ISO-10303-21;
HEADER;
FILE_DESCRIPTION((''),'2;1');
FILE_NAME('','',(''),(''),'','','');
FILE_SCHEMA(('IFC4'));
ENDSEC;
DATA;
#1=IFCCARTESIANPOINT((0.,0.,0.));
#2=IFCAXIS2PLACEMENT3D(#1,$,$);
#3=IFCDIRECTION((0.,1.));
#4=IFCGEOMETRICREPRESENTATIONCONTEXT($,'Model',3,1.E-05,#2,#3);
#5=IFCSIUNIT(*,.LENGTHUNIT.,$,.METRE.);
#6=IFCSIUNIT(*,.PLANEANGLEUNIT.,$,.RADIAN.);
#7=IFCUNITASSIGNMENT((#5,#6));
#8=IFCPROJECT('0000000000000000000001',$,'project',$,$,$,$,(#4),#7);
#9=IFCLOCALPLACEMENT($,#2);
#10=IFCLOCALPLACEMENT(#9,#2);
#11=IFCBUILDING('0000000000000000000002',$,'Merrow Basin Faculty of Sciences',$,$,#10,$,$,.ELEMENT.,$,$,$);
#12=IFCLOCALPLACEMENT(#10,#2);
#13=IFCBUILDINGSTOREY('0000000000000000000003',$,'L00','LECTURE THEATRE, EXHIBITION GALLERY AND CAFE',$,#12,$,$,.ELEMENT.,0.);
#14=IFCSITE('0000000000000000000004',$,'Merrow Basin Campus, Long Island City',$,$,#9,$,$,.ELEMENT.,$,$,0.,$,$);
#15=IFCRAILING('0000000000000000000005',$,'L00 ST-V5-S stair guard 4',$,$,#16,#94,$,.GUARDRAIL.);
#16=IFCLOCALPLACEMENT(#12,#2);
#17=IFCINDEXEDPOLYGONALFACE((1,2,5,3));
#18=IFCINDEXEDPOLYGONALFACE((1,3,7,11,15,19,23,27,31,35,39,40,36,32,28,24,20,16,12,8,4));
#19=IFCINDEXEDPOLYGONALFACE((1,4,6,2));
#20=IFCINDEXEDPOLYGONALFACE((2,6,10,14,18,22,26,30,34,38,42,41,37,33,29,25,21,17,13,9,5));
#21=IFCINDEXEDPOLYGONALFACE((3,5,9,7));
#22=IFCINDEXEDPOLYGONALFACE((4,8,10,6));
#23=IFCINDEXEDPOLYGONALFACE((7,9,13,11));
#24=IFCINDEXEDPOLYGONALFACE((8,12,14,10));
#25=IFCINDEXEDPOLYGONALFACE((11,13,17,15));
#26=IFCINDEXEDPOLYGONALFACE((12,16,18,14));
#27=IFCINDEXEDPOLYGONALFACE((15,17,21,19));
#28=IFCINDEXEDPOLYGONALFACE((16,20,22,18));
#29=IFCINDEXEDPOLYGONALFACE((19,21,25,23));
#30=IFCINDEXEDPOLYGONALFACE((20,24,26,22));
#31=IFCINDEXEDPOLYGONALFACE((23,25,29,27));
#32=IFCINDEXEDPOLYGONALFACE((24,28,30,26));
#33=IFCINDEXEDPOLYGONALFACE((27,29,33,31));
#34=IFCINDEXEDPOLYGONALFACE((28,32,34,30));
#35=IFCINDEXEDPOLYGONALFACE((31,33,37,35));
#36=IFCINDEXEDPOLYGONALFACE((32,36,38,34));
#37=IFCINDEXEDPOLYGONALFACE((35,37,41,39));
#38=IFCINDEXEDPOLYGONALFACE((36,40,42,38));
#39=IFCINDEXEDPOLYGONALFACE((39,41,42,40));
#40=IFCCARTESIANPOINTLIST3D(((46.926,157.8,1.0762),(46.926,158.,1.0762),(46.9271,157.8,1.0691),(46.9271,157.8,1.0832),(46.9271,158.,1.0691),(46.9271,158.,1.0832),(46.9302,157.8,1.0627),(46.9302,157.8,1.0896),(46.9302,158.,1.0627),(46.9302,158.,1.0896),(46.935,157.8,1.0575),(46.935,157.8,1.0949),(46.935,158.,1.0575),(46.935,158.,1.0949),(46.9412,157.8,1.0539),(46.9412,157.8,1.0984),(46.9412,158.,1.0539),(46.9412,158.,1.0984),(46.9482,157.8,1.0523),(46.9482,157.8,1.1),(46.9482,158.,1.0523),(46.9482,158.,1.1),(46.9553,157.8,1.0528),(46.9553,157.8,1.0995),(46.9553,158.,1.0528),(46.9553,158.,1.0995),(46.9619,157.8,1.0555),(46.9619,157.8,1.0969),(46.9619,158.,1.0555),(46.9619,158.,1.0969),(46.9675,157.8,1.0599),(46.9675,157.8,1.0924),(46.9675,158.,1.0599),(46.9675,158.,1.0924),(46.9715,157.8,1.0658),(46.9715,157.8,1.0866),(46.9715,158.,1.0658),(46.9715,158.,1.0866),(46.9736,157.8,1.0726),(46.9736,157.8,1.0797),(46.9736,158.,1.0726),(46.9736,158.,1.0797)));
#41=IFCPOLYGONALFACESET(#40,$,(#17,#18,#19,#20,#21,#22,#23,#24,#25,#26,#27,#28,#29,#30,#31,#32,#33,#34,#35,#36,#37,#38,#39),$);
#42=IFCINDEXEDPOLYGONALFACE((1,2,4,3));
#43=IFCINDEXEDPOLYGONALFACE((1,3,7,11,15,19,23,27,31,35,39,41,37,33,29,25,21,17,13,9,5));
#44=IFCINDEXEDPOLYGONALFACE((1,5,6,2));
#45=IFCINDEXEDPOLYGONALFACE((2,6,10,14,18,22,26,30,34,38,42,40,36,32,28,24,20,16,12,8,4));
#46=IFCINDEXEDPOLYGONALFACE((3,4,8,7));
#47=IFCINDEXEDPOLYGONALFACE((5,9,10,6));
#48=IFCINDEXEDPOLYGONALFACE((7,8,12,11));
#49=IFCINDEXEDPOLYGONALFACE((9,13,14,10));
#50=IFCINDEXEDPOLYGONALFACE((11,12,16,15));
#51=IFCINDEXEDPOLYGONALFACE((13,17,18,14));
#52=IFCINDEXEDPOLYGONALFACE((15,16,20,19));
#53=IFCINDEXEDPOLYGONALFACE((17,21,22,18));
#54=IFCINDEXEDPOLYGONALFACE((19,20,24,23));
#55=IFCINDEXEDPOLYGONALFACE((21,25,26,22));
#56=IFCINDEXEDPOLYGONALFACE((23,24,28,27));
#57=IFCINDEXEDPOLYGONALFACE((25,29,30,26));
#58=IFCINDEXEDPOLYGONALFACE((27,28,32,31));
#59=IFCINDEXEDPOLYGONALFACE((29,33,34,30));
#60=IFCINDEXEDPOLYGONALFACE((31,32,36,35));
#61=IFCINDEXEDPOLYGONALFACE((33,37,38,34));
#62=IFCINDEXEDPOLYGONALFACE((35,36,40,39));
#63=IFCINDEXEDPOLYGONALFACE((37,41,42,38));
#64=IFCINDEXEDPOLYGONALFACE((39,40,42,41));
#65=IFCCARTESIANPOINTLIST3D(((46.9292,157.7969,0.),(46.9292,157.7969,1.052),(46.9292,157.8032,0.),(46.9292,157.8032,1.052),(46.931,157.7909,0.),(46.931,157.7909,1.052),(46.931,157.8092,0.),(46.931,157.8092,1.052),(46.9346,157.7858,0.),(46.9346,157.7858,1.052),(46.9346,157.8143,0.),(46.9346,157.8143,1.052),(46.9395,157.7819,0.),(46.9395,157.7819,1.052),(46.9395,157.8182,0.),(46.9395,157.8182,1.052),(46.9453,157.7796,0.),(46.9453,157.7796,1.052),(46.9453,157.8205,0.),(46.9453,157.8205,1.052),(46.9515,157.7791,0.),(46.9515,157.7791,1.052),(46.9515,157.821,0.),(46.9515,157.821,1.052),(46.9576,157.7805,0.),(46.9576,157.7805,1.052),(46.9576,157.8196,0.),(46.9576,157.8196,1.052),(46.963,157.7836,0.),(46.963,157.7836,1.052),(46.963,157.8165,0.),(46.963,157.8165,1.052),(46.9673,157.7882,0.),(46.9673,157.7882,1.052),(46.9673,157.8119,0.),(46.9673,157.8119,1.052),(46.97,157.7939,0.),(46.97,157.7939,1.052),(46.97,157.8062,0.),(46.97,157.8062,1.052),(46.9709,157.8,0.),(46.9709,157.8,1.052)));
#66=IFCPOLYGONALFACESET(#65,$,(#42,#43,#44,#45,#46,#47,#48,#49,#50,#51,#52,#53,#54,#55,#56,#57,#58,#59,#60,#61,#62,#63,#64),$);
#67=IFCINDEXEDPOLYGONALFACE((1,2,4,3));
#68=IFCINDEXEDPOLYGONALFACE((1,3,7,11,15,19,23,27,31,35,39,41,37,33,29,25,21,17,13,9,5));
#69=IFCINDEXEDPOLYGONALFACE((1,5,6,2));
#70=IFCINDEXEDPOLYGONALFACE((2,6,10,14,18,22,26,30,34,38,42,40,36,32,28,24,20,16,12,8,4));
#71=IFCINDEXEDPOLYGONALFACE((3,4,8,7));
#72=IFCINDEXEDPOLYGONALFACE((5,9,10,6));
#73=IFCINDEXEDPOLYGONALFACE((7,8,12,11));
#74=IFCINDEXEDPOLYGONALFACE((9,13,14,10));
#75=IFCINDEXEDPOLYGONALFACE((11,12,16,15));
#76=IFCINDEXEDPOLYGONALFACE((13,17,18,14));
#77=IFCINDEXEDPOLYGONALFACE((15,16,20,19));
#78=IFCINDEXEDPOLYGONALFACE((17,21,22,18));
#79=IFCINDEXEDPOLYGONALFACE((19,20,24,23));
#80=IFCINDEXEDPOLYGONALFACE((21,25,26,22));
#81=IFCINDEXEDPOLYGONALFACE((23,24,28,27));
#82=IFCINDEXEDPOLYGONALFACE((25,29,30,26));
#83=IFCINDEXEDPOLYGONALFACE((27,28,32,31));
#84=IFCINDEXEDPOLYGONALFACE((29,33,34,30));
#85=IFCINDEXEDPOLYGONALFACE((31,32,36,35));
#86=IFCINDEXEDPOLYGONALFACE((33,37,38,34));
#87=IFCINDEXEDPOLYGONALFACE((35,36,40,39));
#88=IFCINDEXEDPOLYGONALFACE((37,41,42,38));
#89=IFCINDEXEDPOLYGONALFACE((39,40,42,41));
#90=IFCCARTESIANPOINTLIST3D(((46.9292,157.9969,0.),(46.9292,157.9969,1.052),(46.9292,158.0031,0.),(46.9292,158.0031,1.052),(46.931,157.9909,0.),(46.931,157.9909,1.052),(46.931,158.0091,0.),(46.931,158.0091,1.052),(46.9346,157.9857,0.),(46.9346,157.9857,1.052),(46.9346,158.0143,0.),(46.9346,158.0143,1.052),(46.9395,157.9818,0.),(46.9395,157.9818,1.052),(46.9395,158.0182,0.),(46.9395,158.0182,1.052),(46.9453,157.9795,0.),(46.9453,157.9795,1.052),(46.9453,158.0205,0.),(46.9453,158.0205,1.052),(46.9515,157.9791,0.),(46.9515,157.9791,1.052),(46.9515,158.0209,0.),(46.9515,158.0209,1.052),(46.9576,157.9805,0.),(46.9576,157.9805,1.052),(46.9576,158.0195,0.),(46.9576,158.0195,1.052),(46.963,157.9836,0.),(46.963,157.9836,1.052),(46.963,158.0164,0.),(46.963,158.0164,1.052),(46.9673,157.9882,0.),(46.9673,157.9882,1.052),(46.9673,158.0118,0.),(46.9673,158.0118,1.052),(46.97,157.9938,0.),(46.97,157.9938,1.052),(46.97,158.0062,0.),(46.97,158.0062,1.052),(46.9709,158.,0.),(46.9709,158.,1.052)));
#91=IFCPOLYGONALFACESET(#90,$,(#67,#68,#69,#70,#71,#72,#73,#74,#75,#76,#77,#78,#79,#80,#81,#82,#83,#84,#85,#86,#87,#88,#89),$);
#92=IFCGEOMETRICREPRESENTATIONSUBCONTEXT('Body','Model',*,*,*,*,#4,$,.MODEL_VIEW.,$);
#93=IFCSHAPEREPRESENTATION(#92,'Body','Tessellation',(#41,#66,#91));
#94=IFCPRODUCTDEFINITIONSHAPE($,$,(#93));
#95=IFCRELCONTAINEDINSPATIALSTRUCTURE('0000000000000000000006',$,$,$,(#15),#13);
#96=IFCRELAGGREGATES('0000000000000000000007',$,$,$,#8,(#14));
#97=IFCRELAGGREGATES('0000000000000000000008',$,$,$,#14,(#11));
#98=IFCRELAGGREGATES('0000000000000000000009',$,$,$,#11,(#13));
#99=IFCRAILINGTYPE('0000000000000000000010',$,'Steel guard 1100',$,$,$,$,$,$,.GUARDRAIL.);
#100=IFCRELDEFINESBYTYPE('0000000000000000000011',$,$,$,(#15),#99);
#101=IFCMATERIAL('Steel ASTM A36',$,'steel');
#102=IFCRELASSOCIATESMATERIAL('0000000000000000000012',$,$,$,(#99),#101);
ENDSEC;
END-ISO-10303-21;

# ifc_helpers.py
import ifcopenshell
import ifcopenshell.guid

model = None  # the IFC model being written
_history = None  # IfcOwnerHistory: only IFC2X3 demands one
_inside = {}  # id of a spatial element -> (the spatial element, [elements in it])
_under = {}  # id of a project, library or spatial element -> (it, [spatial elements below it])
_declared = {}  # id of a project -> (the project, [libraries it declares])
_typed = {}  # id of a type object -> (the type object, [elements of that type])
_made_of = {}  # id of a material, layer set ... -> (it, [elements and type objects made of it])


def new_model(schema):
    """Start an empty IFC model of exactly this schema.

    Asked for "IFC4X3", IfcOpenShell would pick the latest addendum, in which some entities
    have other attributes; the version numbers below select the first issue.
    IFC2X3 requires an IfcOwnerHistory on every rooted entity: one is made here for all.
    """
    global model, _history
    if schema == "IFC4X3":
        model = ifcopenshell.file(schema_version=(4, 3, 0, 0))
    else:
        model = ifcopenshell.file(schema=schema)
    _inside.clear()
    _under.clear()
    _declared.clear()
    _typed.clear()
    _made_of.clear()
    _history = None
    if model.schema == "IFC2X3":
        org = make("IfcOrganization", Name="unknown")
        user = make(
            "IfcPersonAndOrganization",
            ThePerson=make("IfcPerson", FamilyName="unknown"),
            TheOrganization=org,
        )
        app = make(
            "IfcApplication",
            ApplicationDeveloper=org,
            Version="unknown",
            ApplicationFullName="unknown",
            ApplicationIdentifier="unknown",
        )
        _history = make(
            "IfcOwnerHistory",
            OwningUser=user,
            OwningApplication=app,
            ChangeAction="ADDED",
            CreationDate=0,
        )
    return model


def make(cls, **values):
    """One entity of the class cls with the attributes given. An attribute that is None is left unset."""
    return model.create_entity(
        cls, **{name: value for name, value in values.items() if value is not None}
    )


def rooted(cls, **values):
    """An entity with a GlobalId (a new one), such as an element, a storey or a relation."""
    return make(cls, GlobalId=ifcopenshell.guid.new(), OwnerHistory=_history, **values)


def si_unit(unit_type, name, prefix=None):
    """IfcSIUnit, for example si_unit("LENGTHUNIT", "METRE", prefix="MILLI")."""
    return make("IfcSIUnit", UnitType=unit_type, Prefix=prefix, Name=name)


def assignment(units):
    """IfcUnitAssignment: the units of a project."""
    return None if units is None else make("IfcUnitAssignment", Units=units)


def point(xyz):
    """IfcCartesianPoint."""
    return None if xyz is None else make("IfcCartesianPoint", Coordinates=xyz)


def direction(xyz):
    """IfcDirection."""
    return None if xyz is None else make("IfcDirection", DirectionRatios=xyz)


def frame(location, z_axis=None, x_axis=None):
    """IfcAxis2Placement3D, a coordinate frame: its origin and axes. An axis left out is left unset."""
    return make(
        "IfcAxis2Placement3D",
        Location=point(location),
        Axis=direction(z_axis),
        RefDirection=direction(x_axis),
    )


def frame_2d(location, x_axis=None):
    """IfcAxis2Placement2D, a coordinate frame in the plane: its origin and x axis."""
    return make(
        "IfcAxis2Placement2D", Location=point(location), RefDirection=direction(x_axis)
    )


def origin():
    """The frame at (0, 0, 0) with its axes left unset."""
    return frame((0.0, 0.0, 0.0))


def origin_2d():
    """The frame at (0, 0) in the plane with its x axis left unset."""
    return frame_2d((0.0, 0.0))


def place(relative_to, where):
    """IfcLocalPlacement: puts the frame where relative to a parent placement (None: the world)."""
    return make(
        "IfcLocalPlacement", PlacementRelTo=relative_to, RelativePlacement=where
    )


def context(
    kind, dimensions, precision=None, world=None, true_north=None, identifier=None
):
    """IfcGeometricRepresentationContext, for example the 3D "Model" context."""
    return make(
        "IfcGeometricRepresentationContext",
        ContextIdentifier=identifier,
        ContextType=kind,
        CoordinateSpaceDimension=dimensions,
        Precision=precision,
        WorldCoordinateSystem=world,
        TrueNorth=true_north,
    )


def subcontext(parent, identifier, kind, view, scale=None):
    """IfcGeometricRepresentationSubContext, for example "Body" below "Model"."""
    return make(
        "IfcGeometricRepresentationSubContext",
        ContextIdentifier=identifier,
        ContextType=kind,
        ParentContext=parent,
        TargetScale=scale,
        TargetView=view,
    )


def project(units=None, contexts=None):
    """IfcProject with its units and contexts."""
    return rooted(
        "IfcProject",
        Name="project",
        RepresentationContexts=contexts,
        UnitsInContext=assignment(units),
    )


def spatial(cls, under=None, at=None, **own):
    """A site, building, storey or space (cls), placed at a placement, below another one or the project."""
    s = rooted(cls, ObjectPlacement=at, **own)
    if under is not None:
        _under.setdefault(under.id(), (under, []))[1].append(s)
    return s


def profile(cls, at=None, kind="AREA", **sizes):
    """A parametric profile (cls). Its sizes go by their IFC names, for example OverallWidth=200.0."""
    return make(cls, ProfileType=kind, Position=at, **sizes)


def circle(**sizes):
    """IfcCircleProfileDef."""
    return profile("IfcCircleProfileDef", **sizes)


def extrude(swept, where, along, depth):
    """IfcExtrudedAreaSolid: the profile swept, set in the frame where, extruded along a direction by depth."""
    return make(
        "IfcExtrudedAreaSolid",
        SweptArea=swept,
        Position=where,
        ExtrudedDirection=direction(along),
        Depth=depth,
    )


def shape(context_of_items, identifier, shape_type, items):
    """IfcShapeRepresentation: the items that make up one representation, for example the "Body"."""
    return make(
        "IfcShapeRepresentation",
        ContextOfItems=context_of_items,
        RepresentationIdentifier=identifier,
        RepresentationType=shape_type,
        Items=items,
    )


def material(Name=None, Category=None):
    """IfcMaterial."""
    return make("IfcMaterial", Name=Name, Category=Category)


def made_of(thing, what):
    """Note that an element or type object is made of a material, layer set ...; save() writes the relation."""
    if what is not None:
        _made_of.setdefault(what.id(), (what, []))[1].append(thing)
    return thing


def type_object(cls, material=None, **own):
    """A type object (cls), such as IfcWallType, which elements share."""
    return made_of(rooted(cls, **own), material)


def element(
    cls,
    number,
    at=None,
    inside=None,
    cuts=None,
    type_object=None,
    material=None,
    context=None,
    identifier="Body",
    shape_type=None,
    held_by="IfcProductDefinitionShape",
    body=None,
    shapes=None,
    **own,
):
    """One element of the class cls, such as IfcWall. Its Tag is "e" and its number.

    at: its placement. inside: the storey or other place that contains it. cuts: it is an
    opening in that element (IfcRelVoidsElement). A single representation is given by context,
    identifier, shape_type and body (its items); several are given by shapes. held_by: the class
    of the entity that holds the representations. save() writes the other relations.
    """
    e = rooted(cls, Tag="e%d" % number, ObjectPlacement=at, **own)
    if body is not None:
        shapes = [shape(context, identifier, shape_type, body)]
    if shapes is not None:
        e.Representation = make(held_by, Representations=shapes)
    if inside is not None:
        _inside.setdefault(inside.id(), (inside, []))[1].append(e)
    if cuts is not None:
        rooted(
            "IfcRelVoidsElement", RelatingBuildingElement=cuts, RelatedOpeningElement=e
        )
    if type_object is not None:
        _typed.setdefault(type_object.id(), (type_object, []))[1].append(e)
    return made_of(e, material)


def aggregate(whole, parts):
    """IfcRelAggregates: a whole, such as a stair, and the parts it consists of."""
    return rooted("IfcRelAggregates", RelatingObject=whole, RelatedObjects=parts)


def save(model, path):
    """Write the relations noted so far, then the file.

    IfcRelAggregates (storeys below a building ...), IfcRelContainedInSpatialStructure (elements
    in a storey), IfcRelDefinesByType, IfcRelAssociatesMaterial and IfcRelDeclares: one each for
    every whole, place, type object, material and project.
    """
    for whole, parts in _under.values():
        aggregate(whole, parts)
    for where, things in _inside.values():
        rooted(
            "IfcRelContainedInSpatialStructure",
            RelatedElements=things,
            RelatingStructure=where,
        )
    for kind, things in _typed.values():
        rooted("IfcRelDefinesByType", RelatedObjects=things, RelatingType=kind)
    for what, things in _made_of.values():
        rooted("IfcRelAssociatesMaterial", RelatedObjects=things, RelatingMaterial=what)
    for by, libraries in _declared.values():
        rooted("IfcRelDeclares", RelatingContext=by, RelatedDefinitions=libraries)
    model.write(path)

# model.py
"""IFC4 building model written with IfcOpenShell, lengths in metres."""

from ifc_helpers import new_model, si_unit, direction, frame, origin, origin_2d, place, context, subcontext, project, spatial, circle, extrude, material, type_object, element, save


model = new_model("IFC4")

# Units and contexts
model_context = context("Model", 3, precision=1e-05, world=origin(), true_north=direction((0.0, 1.0)))
body_context = subcontext(model_context, "Body", "Model", "MODEL_VIEW")
ifc_project = project(units=[si_unit("LENGTHUNIT", "METRE"), si_unit("PLANEANGLEUNIT", "RADIAN")], contexts=[model_context])

# Site, building, storey
site_placement = place(None, origin())
site = spatial("IfcSite", under=ifc_project, at=site_placement, Name="Merrow Basin Campus, Long Island City", CompositionType="ELEMENT", RefElevation=0.0)
building_placement = place(site_placement, origin())
building = spatial("IfcBuilding", under=site, at=building_placement, Name="Merrow Basin Faculty of Sciences", CompositionType="ELEMENT")
storey_placement = place(building_placement, origin())
storey = spatial("IfcBuildingStorey", under=building, at=storey_placement, Name="L00", Description="LECTURE THEATRE, EXHIBITION GALLERY AND CAFE", CompositionType="ELEMENT", Elevation=0.0)

# Railing
ifc_material_1 = material(Name="Steel ASTM A36", Category="steel")
railing_type_1 = type_object("IfcRailingType", Name="Steel guard 1100", PredefinedType="GUARDRAIL", material=ifc_material_1)
railing_1_placement = place(storey_placement, frame((46.95, 157.8, 0.0)))
element("IfcRailing", 1, at=railing_1_placement, inside=storey, type_object=railing_type_1, Name="L00 ST-V5-S stair guard 4", PredefinedType="GUARDRAIL", context=body_context, shape_type="SweptSolid", body=[
    extrude(circle(Radius=0.0239, at=origin_2d()), frame((0.0, 0.0, 1.0762), z_axis=(0.0, 1.0, 0.0), x_axis=(-1.0, 0.0, 0.0)), (0.0, 0.0, 1.0), 0.2),
    extrude(circle(Radius=0.021, at=origin_2d()), origin(), (0.0, 0.0, 1.0), 1.052),
    extrude(circle(Radius=0.021, at=origin_2d()), frame((0.0, 0.2, 0.0)), (0.0, 0.0, 1.0), 1.052),
])

save(model, "model.ifc")
